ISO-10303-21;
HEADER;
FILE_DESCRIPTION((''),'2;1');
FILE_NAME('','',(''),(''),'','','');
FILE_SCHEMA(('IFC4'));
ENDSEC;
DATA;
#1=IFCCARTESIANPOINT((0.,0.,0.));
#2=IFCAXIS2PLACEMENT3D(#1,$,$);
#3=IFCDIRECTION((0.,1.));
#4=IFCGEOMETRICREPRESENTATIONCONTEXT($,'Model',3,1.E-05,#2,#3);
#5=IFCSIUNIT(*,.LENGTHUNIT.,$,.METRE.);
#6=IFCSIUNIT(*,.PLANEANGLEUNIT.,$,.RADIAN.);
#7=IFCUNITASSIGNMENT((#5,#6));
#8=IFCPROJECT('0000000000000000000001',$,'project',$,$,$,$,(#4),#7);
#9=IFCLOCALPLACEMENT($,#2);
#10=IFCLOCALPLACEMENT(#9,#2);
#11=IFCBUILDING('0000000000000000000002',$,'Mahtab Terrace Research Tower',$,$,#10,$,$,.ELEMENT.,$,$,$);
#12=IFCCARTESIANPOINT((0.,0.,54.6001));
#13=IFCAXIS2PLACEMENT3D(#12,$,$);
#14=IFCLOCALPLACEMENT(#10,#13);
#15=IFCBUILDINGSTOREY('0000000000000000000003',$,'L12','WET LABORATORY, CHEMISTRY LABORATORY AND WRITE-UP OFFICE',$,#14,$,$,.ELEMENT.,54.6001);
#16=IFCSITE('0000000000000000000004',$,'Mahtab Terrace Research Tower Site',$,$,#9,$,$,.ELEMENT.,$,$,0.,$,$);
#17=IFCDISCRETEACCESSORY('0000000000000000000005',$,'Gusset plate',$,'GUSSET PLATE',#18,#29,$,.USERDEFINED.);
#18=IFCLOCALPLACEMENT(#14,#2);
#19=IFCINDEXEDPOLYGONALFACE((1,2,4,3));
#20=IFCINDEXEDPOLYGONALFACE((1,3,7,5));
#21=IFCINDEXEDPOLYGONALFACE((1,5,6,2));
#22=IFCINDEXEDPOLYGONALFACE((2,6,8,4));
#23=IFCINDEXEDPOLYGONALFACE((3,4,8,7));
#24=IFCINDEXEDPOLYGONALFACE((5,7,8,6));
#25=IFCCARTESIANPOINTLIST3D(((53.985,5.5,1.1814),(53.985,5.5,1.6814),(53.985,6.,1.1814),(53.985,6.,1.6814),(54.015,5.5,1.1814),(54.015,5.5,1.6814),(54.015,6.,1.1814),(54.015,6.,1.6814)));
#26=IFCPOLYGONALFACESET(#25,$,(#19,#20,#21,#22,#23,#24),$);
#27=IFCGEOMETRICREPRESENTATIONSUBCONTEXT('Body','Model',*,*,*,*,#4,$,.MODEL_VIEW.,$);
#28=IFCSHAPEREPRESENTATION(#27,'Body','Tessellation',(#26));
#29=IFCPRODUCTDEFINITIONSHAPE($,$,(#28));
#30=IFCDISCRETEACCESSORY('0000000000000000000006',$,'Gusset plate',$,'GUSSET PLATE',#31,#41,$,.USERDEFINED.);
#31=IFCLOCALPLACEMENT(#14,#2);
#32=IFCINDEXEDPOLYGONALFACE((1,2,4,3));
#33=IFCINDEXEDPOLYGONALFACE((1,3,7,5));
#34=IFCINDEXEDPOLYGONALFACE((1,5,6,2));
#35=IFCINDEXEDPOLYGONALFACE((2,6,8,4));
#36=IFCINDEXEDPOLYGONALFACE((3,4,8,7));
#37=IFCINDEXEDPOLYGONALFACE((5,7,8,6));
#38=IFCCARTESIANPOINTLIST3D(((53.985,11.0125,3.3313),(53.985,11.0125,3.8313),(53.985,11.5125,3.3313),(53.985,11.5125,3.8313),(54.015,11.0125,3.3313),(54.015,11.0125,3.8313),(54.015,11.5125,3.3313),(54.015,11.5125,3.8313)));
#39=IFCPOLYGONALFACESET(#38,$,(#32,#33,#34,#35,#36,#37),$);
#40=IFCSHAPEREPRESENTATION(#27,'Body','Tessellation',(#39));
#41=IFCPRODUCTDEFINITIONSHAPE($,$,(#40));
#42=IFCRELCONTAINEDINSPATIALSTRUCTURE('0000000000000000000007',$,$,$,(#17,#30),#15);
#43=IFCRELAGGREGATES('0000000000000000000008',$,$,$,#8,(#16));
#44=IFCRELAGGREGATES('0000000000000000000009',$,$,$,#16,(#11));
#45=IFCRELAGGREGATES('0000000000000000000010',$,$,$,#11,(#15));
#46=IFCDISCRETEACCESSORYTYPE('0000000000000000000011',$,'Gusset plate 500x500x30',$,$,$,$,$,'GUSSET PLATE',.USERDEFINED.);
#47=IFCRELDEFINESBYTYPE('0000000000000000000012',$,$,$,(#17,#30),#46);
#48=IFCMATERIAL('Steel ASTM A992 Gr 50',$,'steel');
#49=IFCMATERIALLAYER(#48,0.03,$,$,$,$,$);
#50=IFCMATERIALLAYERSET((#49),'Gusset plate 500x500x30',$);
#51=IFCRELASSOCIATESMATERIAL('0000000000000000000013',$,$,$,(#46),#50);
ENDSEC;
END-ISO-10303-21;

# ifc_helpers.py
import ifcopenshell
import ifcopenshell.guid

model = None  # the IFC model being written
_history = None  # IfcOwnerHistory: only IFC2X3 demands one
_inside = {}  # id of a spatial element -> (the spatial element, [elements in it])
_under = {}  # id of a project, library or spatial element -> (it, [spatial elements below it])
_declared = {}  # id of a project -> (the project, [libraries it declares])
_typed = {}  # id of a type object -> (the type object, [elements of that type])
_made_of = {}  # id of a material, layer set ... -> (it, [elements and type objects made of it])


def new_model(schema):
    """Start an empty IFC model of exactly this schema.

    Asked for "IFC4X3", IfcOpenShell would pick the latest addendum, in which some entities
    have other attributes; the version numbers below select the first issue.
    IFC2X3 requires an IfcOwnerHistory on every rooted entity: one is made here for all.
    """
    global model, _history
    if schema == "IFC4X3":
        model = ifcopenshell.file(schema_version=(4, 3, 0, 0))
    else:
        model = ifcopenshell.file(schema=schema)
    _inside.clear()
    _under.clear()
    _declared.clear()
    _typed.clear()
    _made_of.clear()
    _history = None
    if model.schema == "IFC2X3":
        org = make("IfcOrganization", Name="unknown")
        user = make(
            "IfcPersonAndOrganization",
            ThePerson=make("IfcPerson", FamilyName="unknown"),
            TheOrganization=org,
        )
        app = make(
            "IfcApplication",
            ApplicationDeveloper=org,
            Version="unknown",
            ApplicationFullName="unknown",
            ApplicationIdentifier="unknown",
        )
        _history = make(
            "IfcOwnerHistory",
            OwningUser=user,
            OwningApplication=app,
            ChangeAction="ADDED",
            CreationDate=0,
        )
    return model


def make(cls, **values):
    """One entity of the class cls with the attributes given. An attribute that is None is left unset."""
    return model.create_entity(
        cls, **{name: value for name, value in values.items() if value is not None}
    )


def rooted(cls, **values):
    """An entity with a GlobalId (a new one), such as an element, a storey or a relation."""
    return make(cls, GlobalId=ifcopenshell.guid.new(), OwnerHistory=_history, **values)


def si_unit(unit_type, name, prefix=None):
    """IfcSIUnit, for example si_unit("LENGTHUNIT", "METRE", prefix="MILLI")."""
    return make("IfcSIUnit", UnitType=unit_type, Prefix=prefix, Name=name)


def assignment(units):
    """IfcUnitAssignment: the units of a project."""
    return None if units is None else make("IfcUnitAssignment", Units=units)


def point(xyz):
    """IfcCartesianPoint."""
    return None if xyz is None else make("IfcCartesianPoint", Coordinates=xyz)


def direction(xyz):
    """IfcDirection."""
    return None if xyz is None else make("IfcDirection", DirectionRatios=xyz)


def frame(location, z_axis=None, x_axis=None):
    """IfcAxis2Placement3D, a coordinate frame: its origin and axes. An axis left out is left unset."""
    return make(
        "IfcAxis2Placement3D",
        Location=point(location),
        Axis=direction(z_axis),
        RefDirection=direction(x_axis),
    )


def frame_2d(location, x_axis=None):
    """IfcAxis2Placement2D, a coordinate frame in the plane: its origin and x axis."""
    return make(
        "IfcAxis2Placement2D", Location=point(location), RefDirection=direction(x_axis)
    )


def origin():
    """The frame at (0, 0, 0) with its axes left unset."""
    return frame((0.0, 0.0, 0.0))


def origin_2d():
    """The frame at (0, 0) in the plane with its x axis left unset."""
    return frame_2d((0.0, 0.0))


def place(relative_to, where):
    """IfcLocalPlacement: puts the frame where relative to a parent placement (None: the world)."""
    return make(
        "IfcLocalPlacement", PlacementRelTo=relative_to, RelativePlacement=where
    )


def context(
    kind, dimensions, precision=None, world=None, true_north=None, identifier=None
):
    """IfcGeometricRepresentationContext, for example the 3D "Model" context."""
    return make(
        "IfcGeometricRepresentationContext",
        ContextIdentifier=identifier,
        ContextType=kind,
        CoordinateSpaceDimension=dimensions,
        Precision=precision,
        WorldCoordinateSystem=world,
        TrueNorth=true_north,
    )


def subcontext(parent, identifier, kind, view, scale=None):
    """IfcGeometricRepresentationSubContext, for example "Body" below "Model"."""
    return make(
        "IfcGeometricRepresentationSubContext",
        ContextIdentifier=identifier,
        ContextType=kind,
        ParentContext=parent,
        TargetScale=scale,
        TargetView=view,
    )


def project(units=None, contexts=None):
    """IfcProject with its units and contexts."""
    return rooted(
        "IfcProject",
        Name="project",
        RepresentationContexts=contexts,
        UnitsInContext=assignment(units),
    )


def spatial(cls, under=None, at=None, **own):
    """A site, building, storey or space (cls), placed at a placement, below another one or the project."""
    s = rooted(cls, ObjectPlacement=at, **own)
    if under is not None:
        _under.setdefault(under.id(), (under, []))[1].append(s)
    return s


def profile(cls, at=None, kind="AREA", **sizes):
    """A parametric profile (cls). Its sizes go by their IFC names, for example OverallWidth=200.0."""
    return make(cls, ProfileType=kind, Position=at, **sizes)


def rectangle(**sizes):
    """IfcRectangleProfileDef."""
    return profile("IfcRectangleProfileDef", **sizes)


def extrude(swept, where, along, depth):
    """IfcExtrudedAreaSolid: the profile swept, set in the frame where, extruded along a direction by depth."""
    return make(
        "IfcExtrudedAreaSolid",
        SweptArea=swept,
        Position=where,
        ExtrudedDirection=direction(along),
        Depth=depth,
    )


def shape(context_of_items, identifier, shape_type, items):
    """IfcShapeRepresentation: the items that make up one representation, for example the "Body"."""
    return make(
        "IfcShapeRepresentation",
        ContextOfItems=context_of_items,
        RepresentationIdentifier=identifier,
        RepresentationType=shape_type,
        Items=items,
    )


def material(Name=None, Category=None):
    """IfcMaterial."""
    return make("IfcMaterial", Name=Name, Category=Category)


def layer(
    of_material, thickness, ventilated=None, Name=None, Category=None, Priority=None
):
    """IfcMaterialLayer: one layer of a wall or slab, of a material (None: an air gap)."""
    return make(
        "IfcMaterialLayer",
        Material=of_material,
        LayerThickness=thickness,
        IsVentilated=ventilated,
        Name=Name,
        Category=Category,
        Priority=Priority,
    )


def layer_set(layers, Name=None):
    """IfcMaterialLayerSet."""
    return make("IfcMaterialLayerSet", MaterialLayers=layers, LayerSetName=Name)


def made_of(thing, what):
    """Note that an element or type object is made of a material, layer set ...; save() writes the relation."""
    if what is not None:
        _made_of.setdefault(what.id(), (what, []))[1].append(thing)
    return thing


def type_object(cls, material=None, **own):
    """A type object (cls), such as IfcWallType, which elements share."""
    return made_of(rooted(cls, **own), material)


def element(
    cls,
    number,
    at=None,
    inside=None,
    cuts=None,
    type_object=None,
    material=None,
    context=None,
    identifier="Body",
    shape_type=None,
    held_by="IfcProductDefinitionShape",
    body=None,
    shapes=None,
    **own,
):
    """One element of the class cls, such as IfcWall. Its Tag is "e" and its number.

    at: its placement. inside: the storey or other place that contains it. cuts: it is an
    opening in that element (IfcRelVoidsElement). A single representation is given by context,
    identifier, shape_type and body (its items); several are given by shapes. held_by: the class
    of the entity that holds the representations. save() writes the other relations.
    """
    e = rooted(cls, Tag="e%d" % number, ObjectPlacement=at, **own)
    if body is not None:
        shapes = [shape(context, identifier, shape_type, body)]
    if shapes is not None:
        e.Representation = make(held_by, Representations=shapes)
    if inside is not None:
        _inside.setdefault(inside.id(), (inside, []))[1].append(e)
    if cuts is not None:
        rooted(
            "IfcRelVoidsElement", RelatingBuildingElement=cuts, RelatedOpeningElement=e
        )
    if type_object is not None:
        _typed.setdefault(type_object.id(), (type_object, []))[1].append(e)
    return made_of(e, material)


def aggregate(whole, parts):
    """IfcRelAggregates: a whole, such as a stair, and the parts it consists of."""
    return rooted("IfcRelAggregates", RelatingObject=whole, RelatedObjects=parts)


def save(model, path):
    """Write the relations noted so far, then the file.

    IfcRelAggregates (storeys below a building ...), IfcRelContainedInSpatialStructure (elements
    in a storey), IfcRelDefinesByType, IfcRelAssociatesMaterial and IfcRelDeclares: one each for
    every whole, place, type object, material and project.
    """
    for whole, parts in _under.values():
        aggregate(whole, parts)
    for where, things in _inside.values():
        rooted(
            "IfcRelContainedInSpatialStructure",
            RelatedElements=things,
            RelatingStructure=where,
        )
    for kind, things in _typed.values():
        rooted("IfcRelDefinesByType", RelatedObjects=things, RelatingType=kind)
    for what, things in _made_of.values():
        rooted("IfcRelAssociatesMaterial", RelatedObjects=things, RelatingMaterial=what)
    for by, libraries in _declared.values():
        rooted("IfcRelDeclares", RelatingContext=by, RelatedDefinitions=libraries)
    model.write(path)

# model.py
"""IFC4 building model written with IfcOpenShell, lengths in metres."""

from ifc_helpers import new_model, si_unit, direction, frame, origin, origin_2d, place, context, subcontext, project, spatial, rectangle, extrude, material, layer, layer_set, type_object, element, save


model = new_model("IFC4")

# Units and contexts
model_context = context("Model", 3, precision=1e-05, world=origin(), true_north=direction((0.0, 1.0)))
body_context = subcontext(model_context, "Body", "Model", "MODEL_VIEW")
ifc_project = project(units=[si_unit("LENGTHUNIT", "METRE"), si_unit("PLANEANGLEUNIT", "RADIAN")], contexts=[model_context])

# Site, building, storey
site_placement = place(None, origin())
site = spatial("IfcSite", under=ifc_project, at=site_placement, Name="Mahtab Terrace Research Tower Site", CompositionType="ELEMENT", RefElevation=0.0)
building_placement = place(site_placement, origin())
building = spatial("IfcBuilding", under=site, at=building_placement, Name="Mahtab Terrace Research Tower", CompositionType="ELEMENT")
storey_placement = place(building_placement, frame((0.0, 0.0, 54.6001)))
storey = spatial("IfcBuildingStorey", under=building, at=storey_placement, Name="L12", Description="WET LABORATORY, CHEMISTRY LABORATORY AND WRITE-UP OFFICE", CompositionType="ELEMENT", Elevation=54.6001)

# Shared definitions
ifc_material_1 = material(Name="Steel ASTM A992 Gr 50", Category="steel")

# Discrete accessories
ifc_layer_1 = layer(ifc_material_1, 0.03)
ifc_layer_set_1 = layer_set([ifc_layer_1], Name="Gusset plate 500x500x30")
discrete_accessory_type = type_object("IfcDiscreteAccessoryType", Name="Gusset plate 500x500x30", ElementType="GUSSET PLATE", PredefinedType="USERDEFINED", material=ifc_layer_set_1)
for number, where, z_axis, x_axis, name in (
    (1, (54.0, 5.75, 1.1814), (0.0, 0.0, 1.0), (0.0, 1.0, 0.0), "Gusset plate"),
    (2, (54.0, 11.2625, 3.3313), (0.0, 0.0, 1.0), (0.0, 1.0, 0.0), "Gusset plate"),
):
    element("IfcDiscreteAccessory", number, at=place(storey_placement, frame(where, z_axis=z_axis, x_axis=x_axis)), inside=storey, type_object=discrete_accessory_type, Name=name, ObjectType="GUSSET PLATE", PredefinedType="USERDEFINED", context=body_context, shape_type="SweptSolid", body=[
        extrude(rectangle(XDim=0.5, YDim=0.03, at=origin_2d()), origin(), (0.0, 0.0, 1.0), 0.5),
    ])

save(model, "model.ifc")
